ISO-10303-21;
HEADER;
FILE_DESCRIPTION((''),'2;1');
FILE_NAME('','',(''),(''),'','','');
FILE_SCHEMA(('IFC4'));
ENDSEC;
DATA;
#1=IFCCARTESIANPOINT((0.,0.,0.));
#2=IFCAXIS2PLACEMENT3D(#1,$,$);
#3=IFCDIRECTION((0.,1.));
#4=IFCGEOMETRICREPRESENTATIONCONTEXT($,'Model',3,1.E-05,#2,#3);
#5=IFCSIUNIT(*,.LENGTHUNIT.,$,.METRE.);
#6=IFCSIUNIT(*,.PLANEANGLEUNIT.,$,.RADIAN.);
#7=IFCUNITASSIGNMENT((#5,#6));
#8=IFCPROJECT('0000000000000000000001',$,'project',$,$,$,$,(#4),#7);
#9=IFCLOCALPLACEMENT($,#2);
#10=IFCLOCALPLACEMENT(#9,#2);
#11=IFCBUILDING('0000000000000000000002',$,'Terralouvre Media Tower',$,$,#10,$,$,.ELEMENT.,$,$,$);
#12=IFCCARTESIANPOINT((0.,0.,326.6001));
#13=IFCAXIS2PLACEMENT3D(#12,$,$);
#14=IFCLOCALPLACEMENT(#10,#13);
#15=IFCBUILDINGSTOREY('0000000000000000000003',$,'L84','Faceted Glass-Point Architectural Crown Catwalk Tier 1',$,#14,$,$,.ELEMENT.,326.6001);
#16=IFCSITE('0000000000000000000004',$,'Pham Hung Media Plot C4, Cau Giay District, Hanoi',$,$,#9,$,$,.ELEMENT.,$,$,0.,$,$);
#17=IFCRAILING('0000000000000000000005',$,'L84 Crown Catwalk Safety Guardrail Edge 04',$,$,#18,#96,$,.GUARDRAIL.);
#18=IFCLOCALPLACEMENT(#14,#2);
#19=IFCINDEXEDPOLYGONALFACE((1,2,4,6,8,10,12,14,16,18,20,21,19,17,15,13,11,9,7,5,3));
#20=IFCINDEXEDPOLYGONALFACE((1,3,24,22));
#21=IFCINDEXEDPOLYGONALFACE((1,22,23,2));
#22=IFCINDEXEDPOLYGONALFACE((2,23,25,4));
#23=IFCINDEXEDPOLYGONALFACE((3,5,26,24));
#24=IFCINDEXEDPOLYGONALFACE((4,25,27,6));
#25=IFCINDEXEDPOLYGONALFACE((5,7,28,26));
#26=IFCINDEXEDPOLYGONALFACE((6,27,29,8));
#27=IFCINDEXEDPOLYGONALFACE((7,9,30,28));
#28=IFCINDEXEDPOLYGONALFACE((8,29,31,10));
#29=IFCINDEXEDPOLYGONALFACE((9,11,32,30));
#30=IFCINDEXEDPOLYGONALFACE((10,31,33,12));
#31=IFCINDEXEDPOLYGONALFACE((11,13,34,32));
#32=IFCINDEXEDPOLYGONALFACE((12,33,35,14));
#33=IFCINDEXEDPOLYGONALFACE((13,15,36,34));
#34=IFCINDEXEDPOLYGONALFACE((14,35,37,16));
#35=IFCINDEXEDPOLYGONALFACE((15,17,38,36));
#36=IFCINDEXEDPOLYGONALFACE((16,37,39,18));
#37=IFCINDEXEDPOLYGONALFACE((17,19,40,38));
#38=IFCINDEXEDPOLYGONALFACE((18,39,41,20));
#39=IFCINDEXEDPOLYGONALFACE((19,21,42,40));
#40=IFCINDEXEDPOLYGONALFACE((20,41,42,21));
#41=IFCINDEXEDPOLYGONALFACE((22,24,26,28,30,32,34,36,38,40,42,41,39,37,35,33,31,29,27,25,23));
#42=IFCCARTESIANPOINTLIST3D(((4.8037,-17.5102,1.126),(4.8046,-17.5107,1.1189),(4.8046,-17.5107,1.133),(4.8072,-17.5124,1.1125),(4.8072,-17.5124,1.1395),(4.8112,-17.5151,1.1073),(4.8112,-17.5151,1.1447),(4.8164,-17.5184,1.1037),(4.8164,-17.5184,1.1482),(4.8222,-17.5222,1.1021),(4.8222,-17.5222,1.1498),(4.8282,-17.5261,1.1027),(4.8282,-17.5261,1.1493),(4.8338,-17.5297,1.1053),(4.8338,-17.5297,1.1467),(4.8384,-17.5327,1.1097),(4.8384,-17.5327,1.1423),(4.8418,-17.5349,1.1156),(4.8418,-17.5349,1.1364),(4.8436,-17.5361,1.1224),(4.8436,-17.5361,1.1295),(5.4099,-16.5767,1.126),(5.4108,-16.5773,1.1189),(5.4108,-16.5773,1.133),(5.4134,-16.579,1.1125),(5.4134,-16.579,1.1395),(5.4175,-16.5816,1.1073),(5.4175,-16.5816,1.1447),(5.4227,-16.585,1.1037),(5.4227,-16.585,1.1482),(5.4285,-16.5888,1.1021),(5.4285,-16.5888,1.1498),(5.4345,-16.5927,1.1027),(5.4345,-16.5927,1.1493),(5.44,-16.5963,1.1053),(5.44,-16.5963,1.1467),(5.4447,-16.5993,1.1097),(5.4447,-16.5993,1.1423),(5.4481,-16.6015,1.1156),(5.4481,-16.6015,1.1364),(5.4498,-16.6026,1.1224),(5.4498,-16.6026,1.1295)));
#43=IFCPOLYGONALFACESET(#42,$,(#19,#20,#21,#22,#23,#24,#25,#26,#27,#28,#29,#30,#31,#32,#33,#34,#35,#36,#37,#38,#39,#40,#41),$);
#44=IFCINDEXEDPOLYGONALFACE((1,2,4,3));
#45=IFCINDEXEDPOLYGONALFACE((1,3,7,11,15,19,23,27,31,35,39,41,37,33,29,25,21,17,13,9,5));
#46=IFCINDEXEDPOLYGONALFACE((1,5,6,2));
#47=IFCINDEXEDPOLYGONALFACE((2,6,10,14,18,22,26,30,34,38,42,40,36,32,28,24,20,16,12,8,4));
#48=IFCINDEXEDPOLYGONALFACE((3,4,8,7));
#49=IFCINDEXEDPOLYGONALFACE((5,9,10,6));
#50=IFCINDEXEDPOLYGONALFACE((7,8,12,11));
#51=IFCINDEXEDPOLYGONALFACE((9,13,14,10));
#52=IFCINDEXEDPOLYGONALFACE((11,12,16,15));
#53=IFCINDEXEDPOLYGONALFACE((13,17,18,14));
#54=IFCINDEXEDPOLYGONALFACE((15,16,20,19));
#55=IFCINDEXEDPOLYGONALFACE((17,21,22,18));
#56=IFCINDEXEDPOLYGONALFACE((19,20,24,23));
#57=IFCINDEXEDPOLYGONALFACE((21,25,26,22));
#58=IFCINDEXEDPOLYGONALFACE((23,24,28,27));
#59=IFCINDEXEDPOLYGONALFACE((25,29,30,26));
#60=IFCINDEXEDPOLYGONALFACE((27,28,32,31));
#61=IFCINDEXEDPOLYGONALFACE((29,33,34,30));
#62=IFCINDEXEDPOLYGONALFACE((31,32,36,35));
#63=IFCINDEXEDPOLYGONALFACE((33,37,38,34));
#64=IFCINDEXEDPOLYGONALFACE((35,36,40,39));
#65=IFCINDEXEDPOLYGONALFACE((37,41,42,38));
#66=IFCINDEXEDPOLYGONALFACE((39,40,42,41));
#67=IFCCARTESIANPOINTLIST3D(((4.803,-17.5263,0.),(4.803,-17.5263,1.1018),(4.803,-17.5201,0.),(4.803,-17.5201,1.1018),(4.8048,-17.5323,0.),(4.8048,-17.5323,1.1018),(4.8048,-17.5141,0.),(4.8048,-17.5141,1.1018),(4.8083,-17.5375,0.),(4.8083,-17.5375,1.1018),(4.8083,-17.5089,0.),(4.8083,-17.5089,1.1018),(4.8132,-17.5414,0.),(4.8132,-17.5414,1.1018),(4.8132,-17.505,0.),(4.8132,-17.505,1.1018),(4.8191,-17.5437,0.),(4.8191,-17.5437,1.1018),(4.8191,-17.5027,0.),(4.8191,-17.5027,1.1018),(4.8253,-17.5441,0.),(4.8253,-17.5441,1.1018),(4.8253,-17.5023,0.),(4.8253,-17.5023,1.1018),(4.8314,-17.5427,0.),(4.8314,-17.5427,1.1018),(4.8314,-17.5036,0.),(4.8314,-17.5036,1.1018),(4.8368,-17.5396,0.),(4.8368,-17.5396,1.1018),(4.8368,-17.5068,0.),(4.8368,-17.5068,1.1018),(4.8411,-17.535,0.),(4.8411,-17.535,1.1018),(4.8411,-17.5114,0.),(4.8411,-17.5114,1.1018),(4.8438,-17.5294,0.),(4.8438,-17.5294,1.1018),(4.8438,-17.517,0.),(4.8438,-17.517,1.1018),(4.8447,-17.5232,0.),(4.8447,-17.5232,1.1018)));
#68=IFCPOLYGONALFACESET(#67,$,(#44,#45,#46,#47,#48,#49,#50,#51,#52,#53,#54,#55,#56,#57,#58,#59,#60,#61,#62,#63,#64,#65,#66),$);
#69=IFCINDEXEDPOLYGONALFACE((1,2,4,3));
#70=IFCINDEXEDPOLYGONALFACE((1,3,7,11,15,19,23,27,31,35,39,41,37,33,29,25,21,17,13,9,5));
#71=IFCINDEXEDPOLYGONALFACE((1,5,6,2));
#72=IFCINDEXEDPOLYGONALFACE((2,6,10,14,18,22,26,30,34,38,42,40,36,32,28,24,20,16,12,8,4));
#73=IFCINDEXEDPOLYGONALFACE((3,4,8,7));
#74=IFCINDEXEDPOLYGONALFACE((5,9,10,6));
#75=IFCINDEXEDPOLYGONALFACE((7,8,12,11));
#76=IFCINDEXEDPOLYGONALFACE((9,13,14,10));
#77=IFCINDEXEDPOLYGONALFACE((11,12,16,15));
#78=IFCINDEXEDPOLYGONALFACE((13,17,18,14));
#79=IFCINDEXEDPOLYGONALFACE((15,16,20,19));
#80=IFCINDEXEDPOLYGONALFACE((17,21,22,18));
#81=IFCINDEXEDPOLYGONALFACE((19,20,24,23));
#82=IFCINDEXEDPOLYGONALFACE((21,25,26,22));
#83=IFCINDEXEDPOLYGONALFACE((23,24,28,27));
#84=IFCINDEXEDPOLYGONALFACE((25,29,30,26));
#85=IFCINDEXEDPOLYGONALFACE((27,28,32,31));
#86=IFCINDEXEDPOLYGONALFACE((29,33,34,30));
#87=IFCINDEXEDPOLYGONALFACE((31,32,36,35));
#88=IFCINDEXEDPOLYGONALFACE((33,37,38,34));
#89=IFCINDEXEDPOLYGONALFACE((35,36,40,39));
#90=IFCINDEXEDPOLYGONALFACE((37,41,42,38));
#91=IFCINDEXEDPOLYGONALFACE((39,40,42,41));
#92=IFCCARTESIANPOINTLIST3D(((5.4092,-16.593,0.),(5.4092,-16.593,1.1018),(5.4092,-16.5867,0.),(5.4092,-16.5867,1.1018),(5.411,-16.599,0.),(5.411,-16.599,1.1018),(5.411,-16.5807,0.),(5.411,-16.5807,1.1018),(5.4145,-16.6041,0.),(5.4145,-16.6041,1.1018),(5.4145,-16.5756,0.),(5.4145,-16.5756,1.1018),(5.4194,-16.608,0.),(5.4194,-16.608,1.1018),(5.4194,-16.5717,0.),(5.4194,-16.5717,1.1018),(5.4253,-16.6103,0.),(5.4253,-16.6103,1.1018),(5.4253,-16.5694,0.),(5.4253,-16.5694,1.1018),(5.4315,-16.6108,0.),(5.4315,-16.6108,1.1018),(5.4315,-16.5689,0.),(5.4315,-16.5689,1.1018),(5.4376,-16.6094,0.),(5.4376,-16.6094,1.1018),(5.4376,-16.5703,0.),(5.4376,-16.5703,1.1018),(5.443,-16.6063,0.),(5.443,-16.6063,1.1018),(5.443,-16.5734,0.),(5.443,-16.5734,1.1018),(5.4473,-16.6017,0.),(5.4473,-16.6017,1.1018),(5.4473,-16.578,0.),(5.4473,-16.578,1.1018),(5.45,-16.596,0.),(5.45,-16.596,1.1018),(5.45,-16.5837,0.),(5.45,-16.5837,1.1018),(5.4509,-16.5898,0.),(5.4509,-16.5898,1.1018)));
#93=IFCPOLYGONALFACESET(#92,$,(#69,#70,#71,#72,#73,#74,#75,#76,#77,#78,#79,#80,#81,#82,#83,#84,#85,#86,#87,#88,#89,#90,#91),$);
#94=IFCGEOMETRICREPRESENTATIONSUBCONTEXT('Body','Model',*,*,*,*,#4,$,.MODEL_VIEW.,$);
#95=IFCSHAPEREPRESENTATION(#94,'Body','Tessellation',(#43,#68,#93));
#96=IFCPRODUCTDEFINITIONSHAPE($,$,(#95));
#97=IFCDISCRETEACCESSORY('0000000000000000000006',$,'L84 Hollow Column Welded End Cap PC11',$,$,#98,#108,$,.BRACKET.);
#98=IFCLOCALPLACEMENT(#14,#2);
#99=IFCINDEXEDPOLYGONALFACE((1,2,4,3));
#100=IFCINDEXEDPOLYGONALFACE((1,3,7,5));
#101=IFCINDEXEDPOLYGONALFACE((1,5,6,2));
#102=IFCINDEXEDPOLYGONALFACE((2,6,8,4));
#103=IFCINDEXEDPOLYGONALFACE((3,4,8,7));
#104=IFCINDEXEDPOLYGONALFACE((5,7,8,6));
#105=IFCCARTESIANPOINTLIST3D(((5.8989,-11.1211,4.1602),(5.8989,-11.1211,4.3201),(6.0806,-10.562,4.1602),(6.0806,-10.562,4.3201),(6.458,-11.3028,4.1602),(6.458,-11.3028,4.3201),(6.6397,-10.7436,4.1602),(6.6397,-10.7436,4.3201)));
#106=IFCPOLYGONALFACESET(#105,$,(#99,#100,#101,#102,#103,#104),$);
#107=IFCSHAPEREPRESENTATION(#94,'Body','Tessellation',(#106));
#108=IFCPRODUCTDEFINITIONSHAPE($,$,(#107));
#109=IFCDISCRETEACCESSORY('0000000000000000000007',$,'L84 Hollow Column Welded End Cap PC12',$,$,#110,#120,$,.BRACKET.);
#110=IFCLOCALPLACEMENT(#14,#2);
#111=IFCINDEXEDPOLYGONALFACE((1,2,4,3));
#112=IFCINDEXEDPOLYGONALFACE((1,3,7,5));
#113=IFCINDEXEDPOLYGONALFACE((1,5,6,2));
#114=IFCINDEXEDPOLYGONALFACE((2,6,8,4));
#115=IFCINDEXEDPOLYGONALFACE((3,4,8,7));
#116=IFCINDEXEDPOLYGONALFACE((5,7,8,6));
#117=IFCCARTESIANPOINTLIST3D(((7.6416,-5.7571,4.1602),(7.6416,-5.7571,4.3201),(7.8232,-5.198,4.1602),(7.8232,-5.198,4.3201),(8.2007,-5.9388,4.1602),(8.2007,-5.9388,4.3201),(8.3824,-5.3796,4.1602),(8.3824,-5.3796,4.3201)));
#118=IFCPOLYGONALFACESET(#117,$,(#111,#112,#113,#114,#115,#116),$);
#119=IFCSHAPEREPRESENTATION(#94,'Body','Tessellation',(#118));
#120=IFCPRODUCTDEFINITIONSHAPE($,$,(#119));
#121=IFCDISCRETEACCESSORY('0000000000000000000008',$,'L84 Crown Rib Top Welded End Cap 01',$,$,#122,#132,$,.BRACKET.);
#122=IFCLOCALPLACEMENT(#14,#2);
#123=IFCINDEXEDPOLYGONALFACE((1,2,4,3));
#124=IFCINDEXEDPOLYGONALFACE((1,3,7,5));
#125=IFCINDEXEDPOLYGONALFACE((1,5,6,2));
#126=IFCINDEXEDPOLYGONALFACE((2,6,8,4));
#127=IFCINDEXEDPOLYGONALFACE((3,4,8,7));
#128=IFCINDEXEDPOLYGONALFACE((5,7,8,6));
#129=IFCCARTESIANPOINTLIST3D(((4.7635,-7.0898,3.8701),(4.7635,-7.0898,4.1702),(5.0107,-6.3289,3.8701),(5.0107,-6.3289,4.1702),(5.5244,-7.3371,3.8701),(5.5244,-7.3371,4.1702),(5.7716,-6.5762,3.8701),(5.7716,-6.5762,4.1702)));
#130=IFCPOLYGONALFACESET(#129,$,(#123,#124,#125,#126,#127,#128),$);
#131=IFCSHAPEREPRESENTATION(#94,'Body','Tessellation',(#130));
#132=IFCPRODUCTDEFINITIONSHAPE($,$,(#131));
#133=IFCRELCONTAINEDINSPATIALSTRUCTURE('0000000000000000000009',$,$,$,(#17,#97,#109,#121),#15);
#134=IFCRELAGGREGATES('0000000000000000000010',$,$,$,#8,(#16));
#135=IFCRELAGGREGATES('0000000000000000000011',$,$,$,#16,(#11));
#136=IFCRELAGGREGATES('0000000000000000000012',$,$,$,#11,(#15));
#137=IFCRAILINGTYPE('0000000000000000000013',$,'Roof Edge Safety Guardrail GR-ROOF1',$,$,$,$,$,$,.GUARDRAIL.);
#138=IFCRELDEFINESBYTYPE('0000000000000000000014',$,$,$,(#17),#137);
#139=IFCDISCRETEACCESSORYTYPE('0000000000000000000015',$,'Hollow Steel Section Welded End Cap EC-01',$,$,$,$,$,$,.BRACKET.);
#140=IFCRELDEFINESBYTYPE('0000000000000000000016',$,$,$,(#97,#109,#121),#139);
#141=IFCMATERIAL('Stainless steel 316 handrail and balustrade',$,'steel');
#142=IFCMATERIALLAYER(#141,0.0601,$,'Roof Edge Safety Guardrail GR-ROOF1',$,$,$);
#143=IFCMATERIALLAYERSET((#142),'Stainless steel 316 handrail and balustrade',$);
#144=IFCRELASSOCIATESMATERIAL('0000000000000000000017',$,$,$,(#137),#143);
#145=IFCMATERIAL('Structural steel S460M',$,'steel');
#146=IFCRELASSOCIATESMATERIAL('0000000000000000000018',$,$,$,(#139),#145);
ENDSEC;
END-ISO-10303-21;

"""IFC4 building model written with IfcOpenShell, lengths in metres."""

from ifc_helpers import new_model, si_unit, direction, frame, origin, origin_2d, place, context, subcontext, project, spatial, rectangle, circle, extrude, material, layer, layer_set, type_object, element, save


model = new_model("IFC4")

# Units and contexts
model_context = context("Model", 3, precision=1e-05, world=origin(), true_north=direction((0.0, 1.0)))
body_context = subcontext(model_context, "Body", "Model", "MODEL_VIEW")
ifc_project = project(units=[si_unit("LENGTHUNIT", "METRE"), si_unit("PLANEANGLEUNIT", "RADIAN")], contexts=[model_context])

# Site, building, storey
site_placement = place(None, origin())
site = spatial("IfcSite", under=ifc_project, at=site_placement, Name="Pham Hung Media Plot C4, Cau Giay District, Hanoi", CompositionType="ELEMENT", RefElevation=0.0)
building_placement = place(site_placement, origin())
building = spatial("IfcBuilding", under=site, at=building_placement, Name="Terralouvre Media Tower", CompositionType="ELEMENT")
storey_placement = place(building_placement, frame((0.0, 0.0, 326.6001)))
storey = spatial("IfcBuildingStorey", under=building, at=storey_placement, Name="L84", Description="Faceted Glass-Point Architectural Crown Catwalk Tier 1", CompositionType="ELEMENT", Elevation=326.6001)

# Railing
ifc_material_1 = material(Name="Stainless steel 316 handrail and balustrade", Category="steel")
ifc_layer_1 = layer(ifc_material_1, 0.0601, Name="Roof Edge Safety Guardrail GR-ROOF1")
ifc_layer_set_1 = layer_set([ifc_layer_1], Name="Stainless steel 316 handrail and balustrade")
railing_type = type_object("IfcRailingType", Name="Roof Edge Safety Guardrail GR-ROOF1", PredefinedType="GUARDRAIL", material=ifc_layer_set_1)
railing_1_placement = place(storey_placement, frame((4.8237, -17.5232, 0.0)))
element("IfcRailing", 1, at=railing_1_placement, inside=storey, type_object=railing_type, Name="L84 Crown Catwalk Safety Guardrail Edge 04", PredefinedType="GUARDRAIL", context=body_context, shape_type="SweptSolid", body=[
    extrude(circle(Radius=0.0239, at=origin_2d()), frame((0.0, 0.0, 1.126), z_axis=(0.544688, 0.838639, 0.0), x_axis=(-0.838639, 0.544688, 0.0)), (0.0, 0.0, 1.0), 1.113),
    extrude(circle(Radius=0.021, at=origin_2d()), origin(), (0.0, 0.0, 1.0), 1.1018),
    extrude(circle(Radius=0.021, at=origin_2d()), frame((0.6062, 0.9333, 0.0)), (0.0, 0.0, 1.0), 1.1018),
])

# Discrete accessories
ifc_material_2 = material(Name="Structural steel S460M", Category="steel")
discrete_accessory_type = type_object("IfcDiscreteAccessoryType", Name="Hollow Steel Section Welded End Cap EC-01", PredefinedType="BRACKET", material=ifc_material_2)
for number, where, z_axis, x_axis, name in (
    (2, (6.2693, -10.9324, 4.1602), (0.0, 0.0, 1.0), (0.309017, 0.951057, 0.0), "L84 Hollow Column Welded End Cap PC11"),
    (3, (8.012, -5.5684, 4.1602), (0.0, 0.0, 1.0), (0.309017, 0.951057, 0.0), "L84 Hollow Column Welded End Cap PC12"),
):
    element("IfcDiscreteAccessory", number, at=place(storey_placement, frame(where, z_axis=z_axis, x_axis=x_axis)), inside=storey, type_object=discrete_accessory_type, Name=name, PredefinedType="BRACKET", context=body_context, shape_type="SweptSolid", body=[
        extrude(rectangle(XDim=0.5879, YDim=0.5879, at=origin_2d()), origin(), (0.0, 0.0, 1.0), 0.1599),
    ])
discrete_accessory_placement = place(storey_placement, frame((5.2676, -6.833, 3.8701), z_axis=(0.0, 0.0, 1.0), x_axis=(0.309017, 0.951057, 0.0)))
element("IfcDiscreteAccessory", 4, at=discrete_accessory_placement, inside=storey, type_object=discrete_accessory_type, Name="L84 Crown Rib Top Welded End Cap 01", PredefinedType="BRACKET", context=body_context, shape_type="SweptSolid", body=[
    extrude(rectangle(XDim=0.8, YDim=0.8, at=origin_2d()), origin(), (0.0, 0.0, 1.0), 0.3),
])

save(model, "model.ifc")
